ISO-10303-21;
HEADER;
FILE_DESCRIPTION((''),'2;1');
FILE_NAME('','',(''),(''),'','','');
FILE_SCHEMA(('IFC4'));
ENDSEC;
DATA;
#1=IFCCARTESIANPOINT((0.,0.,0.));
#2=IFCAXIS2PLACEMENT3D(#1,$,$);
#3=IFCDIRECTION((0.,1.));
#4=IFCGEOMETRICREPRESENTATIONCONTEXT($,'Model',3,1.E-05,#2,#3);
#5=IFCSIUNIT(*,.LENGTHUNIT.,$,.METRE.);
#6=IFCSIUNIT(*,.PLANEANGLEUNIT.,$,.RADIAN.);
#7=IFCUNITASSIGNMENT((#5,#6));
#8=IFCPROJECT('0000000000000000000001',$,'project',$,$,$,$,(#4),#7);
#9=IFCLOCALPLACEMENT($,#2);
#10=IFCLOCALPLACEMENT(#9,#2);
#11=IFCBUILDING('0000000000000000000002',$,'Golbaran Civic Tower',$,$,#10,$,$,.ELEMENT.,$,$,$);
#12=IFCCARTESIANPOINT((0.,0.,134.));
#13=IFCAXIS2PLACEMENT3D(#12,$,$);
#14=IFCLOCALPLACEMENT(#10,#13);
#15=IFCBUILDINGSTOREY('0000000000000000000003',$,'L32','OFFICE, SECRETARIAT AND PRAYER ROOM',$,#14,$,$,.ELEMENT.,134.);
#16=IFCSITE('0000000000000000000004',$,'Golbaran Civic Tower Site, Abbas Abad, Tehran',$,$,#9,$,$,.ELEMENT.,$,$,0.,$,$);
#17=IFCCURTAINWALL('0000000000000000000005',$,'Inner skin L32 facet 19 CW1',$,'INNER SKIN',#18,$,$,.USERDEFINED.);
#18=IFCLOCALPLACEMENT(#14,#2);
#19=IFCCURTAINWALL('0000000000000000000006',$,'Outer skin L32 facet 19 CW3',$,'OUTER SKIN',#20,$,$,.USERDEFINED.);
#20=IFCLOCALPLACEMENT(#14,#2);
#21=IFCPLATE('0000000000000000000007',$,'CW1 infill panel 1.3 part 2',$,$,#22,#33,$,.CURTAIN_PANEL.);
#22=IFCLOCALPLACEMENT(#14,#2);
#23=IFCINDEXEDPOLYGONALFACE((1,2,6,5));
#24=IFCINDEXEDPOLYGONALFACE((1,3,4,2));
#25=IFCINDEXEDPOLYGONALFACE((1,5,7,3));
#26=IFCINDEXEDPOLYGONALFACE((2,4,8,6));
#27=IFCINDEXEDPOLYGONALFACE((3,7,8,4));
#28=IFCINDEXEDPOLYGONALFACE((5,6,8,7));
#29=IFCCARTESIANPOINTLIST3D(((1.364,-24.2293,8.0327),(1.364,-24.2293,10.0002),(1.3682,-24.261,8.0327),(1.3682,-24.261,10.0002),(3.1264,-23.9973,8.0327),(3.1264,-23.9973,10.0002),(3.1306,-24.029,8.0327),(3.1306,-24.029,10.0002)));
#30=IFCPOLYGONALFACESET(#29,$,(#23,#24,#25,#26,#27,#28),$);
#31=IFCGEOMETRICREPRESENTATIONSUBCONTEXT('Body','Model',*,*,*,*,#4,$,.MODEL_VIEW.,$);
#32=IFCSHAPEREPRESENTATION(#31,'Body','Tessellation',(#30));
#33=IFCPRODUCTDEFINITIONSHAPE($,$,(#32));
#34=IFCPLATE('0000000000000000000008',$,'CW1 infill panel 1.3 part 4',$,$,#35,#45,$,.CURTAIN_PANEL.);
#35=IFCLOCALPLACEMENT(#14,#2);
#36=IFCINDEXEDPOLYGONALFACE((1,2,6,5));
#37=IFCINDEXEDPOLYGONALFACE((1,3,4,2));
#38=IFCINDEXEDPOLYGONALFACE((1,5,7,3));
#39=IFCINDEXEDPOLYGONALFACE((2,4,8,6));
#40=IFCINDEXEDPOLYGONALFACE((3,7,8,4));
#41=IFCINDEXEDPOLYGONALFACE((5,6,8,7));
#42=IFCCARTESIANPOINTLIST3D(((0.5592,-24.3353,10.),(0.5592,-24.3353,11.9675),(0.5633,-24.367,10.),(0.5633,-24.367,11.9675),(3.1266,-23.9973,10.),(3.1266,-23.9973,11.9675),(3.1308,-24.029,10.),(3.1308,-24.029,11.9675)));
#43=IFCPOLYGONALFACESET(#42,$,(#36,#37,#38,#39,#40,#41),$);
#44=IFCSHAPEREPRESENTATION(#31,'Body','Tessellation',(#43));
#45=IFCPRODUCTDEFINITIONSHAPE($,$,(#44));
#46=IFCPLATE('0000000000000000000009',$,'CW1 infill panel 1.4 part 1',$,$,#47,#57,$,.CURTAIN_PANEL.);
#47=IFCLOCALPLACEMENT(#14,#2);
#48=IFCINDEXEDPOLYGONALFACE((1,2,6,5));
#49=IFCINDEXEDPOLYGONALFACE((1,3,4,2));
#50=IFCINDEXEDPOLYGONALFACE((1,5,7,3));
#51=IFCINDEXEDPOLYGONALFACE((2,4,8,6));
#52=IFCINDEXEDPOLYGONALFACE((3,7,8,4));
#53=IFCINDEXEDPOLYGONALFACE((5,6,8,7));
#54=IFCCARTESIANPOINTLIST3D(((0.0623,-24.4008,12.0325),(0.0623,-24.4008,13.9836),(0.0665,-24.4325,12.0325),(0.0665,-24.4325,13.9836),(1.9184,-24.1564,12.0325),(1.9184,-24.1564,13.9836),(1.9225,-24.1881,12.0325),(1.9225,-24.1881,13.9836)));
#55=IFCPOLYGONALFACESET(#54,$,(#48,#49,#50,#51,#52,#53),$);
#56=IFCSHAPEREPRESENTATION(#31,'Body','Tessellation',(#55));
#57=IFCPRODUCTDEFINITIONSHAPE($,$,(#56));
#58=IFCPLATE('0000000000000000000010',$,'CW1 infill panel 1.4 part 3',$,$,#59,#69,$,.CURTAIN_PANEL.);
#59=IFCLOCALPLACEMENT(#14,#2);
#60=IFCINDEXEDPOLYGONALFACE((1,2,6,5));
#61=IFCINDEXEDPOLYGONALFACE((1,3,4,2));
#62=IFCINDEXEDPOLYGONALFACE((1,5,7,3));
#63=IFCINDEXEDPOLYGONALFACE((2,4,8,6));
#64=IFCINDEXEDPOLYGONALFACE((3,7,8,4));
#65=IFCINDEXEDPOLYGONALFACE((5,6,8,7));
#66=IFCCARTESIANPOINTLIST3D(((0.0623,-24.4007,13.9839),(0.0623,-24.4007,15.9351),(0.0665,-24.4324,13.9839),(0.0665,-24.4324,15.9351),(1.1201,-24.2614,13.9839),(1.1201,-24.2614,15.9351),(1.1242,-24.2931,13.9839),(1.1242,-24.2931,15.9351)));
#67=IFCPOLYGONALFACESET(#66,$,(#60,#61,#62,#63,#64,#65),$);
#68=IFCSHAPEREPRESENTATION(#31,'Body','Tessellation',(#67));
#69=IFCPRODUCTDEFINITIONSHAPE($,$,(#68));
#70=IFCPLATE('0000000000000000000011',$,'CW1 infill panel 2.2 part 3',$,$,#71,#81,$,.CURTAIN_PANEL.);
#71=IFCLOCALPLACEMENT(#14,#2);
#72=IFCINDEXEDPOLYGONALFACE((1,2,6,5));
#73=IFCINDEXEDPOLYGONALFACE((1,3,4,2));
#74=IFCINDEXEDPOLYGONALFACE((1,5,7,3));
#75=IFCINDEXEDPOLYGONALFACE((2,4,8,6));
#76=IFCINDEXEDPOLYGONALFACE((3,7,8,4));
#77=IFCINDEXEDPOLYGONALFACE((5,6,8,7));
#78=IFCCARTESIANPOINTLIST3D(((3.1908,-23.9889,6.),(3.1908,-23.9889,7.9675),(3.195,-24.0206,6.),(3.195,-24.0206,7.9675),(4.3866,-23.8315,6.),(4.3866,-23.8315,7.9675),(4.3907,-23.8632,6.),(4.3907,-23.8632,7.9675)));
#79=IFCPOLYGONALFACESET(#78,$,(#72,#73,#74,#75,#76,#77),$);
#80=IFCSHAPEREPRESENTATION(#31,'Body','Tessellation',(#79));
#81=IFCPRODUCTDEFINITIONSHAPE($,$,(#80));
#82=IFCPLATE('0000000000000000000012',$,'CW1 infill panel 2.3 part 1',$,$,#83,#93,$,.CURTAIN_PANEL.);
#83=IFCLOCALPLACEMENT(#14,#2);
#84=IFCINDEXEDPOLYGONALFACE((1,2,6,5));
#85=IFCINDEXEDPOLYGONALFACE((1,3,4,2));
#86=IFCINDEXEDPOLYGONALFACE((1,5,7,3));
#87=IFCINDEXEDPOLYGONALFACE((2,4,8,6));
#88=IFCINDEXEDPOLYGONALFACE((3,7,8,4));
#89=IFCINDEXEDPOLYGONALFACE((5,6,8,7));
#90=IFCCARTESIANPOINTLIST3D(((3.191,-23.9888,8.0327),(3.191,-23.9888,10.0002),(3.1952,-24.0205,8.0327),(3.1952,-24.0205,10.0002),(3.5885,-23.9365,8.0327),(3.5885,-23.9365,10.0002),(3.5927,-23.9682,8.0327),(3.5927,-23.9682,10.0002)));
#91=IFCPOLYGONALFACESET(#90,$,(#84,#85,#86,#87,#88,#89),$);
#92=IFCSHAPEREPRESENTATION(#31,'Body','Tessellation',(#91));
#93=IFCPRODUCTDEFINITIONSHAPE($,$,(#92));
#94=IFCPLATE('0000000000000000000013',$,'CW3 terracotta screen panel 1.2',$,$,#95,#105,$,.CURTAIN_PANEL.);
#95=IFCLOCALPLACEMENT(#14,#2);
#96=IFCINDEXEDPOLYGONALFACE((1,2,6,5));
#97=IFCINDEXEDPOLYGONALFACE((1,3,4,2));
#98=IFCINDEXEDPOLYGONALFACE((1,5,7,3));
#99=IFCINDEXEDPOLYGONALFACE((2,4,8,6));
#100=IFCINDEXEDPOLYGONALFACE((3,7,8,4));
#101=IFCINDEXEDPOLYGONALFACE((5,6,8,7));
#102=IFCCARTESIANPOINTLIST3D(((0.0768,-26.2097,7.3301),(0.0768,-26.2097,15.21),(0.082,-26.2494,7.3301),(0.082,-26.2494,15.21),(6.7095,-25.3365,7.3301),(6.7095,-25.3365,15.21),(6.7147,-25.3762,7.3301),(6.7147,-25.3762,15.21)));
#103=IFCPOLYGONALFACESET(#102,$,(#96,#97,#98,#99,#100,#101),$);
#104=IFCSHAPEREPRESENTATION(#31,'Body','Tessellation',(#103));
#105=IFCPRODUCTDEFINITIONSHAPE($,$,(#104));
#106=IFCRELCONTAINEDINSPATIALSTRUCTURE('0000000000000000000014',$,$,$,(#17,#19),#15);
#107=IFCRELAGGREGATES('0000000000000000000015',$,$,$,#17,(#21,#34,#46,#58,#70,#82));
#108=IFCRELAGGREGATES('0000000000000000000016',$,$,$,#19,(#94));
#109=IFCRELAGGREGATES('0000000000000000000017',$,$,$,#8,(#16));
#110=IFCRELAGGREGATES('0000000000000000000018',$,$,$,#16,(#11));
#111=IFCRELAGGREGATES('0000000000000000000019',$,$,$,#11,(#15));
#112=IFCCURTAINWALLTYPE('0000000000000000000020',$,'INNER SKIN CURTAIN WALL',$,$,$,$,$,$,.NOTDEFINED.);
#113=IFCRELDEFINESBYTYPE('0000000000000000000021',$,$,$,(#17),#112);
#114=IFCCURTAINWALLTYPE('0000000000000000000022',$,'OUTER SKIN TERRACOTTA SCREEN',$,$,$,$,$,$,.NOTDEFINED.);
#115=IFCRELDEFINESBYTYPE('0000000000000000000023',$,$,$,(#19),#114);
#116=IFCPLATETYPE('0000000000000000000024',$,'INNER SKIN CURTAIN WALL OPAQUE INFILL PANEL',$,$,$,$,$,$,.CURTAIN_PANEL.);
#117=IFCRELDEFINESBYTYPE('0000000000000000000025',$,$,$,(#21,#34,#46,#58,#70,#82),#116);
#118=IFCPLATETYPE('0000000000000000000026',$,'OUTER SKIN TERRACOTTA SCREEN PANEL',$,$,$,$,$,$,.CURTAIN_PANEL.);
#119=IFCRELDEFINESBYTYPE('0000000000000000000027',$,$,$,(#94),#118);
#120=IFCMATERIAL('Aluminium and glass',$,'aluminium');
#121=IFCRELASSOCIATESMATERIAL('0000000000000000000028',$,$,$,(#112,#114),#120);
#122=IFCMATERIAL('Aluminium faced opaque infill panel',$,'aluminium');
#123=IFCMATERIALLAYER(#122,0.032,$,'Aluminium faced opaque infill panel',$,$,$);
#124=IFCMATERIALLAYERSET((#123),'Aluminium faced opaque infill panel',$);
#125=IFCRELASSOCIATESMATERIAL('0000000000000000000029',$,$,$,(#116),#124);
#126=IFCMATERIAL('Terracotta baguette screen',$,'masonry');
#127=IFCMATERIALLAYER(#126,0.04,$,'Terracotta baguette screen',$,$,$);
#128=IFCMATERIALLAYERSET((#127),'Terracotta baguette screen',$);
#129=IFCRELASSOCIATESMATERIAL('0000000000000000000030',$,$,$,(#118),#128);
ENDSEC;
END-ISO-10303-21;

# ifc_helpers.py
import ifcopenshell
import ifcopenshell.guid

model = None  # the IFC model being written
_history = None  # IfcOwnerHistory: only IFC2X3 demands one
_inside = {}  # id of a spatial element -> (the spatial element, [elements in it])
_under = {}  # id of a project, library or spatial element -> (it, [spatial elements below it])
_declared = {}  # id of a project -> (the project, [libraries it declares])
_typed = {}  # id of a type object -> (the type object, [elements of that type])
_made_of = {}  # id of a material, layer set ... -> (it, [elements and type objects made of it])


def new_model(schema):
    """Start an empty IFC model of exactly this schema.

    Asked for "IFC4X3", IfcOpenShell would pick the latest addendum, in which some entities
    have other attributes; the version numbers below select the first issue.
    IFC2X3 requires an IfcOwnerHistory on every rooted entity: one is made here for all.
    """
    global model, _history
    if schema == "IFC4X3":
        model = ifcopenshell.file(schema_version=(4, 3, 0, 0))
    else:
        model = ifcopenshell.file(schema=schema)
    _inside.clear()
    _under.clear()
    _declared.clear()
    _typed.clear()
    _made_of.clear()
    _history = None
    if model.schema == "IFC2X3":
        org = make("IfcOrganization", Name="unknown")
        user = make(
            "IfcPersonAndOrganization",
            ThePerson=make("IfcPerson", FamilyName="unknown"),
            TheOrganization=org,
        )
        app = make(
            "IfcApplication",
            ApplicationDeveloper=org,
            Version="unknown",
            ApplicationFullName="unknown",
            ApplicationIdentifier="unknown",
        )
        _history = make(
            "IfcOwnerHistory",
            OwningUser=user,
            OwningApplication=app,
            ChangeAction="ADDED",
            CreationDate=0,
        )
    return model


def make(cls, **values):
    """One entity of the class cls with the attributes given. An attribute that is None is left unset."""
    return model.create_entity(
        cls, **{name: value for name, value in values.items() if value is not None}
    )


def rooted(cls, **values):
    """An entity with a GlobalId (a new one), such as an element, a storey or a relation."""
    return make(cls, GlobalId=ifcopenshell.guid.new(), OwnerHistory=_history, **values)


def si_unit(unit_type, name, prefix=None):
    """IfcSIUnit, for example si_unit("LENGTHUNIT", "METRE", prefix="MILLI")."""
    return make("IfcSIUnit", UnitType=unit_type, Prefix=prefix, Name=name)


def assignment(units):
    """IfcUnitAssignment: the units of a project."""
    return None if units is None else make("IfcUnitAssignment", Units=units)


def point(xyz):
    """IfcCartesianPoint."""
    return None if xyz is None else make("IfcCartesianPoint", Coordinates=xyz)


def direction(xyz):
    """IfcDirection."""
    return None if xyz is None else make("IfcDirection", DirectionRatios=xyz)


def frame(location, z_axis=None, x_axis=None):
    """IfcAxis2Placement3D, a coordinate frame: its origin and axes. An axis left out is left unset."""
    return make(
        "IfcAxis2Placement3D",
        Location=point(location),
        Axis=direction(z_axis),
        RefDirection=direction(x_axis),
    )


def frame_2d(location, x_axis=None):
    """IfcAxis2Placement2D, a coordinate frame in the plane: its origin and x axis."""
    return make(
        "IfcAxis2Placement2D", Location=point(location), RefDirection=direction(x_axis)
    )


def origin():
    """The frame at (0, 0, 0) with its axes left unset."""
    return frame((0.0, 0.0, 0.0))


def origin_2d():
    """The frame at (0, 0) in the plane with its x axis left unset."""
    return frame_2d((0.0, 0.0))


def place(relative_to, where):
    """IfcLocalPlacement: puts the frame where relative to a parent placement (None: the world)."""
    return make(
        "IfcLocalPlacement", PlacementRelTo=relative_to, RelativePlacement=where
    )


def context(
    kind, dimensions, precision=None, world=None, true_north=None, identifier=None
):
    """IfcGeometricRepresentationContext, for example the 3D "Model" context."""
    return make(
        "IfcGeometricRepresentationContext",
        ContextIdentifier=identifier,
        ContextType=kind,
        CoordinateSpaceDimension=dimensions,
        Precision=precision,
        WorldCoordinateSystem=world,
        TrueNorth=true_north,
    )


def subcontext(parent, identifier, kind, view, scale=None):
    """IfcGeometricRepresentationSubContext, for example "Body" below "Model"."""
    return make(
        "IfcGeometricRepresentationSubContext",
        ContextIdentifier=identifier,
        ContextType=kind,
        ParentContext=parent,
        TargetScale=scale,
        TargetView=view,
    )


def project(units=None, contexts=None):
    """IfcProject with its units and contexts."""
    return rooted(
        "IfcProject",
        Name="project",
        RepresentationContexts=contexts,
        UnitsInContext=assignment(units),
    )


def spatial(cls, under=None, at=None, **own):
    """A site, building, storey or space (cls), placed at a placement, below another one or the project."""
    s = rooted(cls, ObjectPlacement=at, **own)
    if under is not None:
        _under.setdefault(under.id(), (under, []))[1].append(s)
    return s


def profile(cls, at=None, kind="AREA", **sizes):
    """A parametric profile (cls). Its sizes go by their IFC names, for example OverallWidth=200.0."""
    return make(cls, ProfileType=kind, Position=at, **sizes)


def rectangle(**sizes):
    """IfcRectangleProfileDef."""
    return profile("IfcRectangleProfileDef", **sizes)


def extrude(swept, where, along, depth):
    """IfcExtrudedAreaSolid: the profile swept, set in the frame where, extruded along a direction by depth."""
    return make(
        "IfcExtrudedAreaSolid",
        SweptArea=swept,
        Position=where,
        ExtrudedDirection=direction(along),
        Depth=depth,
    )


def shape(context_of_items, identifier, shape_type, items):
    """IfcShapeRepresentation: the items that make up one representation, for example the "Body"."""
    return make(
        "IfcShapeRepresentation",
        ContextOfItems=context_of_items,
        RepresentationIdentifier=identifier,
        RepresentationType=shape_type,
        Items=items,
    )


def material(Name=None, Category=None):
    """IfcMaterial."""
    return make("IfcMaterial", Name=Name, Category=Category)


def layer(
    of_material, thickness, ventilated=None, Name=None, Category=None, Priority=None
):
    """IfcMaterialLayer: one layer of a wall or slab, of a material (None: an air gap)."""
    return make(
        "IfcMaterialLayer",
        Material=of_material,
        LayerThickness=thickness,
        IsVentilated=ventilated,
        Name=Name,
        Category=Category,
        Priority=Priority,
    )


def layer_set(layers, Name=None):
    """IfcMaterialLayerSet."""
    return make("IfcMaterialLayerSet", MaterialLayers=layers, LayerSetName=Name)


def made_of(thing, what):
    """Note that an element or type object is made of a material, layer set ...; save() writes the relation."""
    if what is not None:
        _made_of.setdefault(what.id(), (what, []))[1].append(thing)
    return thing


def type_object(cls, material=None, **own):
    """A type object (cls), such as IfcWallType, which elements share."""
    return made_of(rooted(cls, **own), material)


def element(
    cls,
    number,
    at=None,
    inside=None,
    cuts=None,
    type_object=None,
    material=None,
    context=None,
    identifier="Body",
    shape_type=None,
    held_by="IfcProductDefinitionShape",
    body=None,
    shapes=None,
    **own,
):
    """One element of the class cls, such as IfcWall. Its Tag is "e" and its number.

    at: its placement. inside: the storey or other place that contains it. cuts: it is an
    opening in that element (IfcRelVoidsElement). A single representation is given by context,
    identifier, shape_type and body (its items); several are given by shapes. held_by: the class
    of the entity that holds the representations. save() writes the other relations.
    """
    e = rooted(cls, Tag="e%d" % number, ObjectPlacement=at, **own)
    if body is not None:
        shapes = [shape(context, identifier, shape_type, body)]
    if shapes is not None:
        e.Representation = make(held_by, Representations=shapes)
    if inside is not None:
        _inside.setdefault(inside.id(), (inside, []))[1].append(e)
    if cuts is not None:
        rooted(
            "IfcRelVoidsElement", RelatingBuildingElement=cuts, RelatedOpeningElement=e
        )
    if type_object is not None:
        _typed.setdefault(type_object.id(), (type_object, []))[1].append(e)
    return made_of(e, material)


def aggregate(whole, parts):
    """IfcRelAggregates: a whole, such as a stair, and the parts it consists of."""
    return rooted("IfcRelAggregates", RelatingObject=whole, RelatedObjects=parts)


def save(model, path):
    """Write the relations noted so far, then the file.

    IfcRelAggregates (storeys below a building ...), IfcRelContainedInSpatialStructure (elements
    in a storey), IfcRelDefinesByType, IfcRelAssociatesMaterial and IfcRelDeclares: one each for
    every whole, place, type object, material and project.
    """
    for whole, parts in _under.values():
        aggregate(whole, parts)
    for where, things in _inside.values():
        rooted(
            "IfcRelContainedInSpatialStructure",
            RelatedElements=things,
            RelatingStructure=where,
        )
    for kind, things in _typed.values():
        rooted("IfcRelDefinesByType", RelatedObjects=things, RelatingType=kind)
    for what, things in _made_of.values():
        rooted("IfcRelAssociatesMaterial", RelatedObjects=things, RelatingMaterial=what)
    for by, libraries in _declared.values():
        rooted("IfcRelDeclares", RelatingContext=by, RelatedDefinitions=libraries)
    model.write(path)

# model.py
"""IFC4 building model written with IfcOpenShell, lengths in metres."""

from ifc_helpers import new_model, si_unit, direction, frame, origin, origin_2d, place, context, subcontext, project, spatial, rectangle, extrude, material, layer, layer_set, type_object, element, aggregate, save


model = new_model("IFC4")

# Units and contexts
model_context = context("Model", 3, precision=1e-05, world=origin(), true_north=direction((0.0, 1.0)))
body_context = subcontext(model_context, "Body", "Model", "MODEL_VIEW")
ifc_project = project(units=[si_unit("LENGTHUNIT", "METRE"), si_unit("PLANEANGLEUNIT", "RADIAN")], contexts=[model_context])

# Site, building, storey
site_placement = place(None, origin())
site = spatial("IfcSite", under=ifc_project, at=site_placement, Name="Golbaran Civic Tower Site, Abbas Abad, Tehran", CompositionType="ELEMENT", RefElevation=0.0)
building_placement = place(site_placement, origin())
building = spatial("IfcBuilding", under=site, at=building_placement, Name="Golbaran Civic Tower", CompositionType="ELEMENT")
storey_placement = place(building_placement, frame((0.0, 0.0, 134.0)))
storey = spatial("IfcBuildingStorey", under=building, at=storey_placement, Name="L32", Description="OFFICE, SECRETARIAT AND PRAYER ROOM", CompositionType="ELEMENT", Elevation=134.0)

# Curtain walls
ifc_material_1 = material(Name="Aluminium and glass", Category="aluminium")
curtain_wall_type_1 = type_object("IfcCurtainWallType", Name="INNER SKIN CURTAIN WALL", PredefinedType="NOTDEFINED", material=ifc_material_1)
curtain_wall_1_placement = place(storey_placement, origin())
curtain_wall_1 = element("IfcCurtainWall", 1, at=curtain_wall_1_placement, inside=storey, type_object=curtain_wall_type_1, Name="Inner skin L32 facet 19 CW1", ObjectType="INNER SKIN", PredefinedType="USERDEFINED")
curtain_wall_type_2 = type_object("IfcCurtainWallType", Name="OUTER SKIN TERRACOTTA SCREEN", PredefinedType="NOTDEFINED", material=ifc_material_1)
curtain_wall_2_placement = place(storey_placement, origin())
curtain_wall_2 = element("IfcCurtainWall", 2, at=curtain_wall_2_placement, inside=storey, type_object=curtain_wall_type_2, Name="Outer skin L32 facet 19 CW3", ObjectType="OUTER SKIN", PredefinedType="USERDEFINED")

# Plates
ifc_material_2 = material(Name="Aluminium faced opaque infill panel", Category="aluminium")
ifc_layer_1 = layer(ifc_material_2, 0.032, Name="Aluminium faced opaque infill panel")
ifc_layer_set_1 = layer_set([ifc_layer_1], Name="Aluminium faced opaque infill panel")
plate_type_1 = type_object("IfcPlateType", Name="INNER SKIN CURTAIN WALL OPAQUE INFILL PANEL", PredefinedType="CURTAIN_PANEL", material=ifc_layer_set_1)
plate_1_placement = place(storey_placement, frame((2.2473, -24.1292, 8.0327), z_axis=(0.0, 0.0, 1.0), x_axis=(0.991445, 0.130526, 0.0)))
plate_1 = element("IfcPlate", 3, at=plate_1_placement, type_object=plate_type_1, Name="CW1 infill panel 1.3 part 2", PredefinedType="CURTAIN_PANEL", context=body_context, shape_type="SweptSolid", body=[
    extrude(rectangle(XDim=1.7776, YDim=0.032, at=origin_2d()), origin(), (0.0, 0.0, 1.0), 1.9675),
])
plate_2_placement = place(storey_placement, frame((1.845, -24.1821, 10.0), z_axis=(0.0, 0.0, 1.0), x_axis=(0.991445, 0.130526, 0.0)))
plate_2 = element("IfcPlate", 4, at=plate_2_placement, type_object=plate_type_1, Name="CW1 infill panel 1.3 part 4", PredefinedType="CURTAIN_PANEL", context=body_context, shape_type="SweptSolid", body=[
    extrude(rectangle(XDim=2.5896, YDim=0.032, at=origin_2d()), origin(), (0.0, 0.0, 1.0), 1.9675),
])
plate_3_placement = place(storey_placement, frame((0.9924, -24.2944, 12.0325), z_axis=(0.0, 0.0, 1.0), x_axis=(0.991445, 0.130526, 0.0)))
plate_3 = element("IfcPlate", 5, at=plate_3_placement, type_object=plate_type_1, Name="CW1 infill panel 1.4 part 1", PredefinedType="CURTAIN_PANEL", context=body_context, shape_type="SweptSolid", body=[
    extrude(rectangle(XDim=1.8721, YDim=0.032, at=origin_2d()), origin(), (0.0, 0.0, 1.0), 1.9512),
])
plate_4_placement = place(storey_placement, frame((0.5933, -24.3469, 13.9839), z_axis=(0.0, 0.0, 1.0), x_axis=(0.991445, 0.130526, 0.0)))
plate_4 = element("IfcPlate", 6, at=plate_4_placement, type_object=plate_type_1, Name="CW1 infill panel 1.4 part 3", PredefinedType="CURTAIN_PANEL", context=body_context, shape_type="SweptSolid", body=[
    extrude(rectangle(XDim=1.0669, YDim=0.032, at=origin_2d()), origin(), (0.0, 0.0, 1.0), 1.9512),
])
plate_5_placement = place(storey_placement, frame((3.7908, -23.926, 6.0), z_axis=(0.0, 0.0, 1.0), x_axis=(0.991445, 0.130526, 0.0)))
plate_5 = element("IfcPlate", 7, at=plate_5_placement, type_object=plate_type_1, Name="CW1 infill panel 2.2 part 3", PredefinedType="CURTAIN_PANEL", context=body_context, shape_type="SweptSolid", body=[
    extrude(rectangle(XDim=1.2061, YDim=0.032, at=origin_2d()), origin(), (0.0, 0.0, 1.0), 1.9675),
])
plate_6_placement = place(storey_placement, frame((3.3918, -23.9785, 8.0327), z_axis=(0.0, 0.0, 1.0), x_axis=(0.991445, 0.130526, 0.0)))
plate_6 = element("IfcPlate", 8, at=plate_6_placement, type_object=plate_type_1, Name="CW1 infill panel 2.3 part 1", PredefinedType="CURTAIN_PANEL", context=body_context, shape_type="SweptSolid", body=[
    extrude(rectangle(XDim=0.4009, YDim=0.032, at=origin_2d()), origin(), (0.0, 0.0, 1.0), 1.9675),
])
aggregate(curtain_wall_1, [plate_1, plate_2, plate_3, plate_4, plate_5, plate_6])
ifc_material_3 = material(Name="Terracotta baguette screen", Category="masonry")
ifc_layer_2 = layer(ifc_material_3, 0.04, Name="Terracotta baguette screen")
ifc_layer_set_2 = layer_set([ifc_layer_2], Name="Terracotta baguette screen")
plate_type_2 = type_object("IfcPlateType", Name="OUTER SKIN TERRACOTTA SCREEN PANEL", PredefinedType="CURTAIN_PANEL", material=ifc_layer_set_2)
plate_7_placement = place(storey_placement, frame((3.3958, -25.793, 7.3301), z_axis=(0.0, 0.0, 1.0), x_axis=(0.991445, 0.130526, 0.0)))
plate_7 = element("IfcPlate", 9, at=plate_7_placement, type_object=plate_type_2, Name="CW3 terracotta screen panel 1.2", PredefinedType="CURTAIN_PANEL", context=body_context, shape_type="SweptSolid", body=[
    extrude(rectangle(XDim=6.6899, YDim=0.04, at=origin_2d()), origin(), (0.0, 0.0, 1.0), 7.8799),
])
aggregate(curtain_wall_2, [plate_7])

save(model, "model.ifc")
